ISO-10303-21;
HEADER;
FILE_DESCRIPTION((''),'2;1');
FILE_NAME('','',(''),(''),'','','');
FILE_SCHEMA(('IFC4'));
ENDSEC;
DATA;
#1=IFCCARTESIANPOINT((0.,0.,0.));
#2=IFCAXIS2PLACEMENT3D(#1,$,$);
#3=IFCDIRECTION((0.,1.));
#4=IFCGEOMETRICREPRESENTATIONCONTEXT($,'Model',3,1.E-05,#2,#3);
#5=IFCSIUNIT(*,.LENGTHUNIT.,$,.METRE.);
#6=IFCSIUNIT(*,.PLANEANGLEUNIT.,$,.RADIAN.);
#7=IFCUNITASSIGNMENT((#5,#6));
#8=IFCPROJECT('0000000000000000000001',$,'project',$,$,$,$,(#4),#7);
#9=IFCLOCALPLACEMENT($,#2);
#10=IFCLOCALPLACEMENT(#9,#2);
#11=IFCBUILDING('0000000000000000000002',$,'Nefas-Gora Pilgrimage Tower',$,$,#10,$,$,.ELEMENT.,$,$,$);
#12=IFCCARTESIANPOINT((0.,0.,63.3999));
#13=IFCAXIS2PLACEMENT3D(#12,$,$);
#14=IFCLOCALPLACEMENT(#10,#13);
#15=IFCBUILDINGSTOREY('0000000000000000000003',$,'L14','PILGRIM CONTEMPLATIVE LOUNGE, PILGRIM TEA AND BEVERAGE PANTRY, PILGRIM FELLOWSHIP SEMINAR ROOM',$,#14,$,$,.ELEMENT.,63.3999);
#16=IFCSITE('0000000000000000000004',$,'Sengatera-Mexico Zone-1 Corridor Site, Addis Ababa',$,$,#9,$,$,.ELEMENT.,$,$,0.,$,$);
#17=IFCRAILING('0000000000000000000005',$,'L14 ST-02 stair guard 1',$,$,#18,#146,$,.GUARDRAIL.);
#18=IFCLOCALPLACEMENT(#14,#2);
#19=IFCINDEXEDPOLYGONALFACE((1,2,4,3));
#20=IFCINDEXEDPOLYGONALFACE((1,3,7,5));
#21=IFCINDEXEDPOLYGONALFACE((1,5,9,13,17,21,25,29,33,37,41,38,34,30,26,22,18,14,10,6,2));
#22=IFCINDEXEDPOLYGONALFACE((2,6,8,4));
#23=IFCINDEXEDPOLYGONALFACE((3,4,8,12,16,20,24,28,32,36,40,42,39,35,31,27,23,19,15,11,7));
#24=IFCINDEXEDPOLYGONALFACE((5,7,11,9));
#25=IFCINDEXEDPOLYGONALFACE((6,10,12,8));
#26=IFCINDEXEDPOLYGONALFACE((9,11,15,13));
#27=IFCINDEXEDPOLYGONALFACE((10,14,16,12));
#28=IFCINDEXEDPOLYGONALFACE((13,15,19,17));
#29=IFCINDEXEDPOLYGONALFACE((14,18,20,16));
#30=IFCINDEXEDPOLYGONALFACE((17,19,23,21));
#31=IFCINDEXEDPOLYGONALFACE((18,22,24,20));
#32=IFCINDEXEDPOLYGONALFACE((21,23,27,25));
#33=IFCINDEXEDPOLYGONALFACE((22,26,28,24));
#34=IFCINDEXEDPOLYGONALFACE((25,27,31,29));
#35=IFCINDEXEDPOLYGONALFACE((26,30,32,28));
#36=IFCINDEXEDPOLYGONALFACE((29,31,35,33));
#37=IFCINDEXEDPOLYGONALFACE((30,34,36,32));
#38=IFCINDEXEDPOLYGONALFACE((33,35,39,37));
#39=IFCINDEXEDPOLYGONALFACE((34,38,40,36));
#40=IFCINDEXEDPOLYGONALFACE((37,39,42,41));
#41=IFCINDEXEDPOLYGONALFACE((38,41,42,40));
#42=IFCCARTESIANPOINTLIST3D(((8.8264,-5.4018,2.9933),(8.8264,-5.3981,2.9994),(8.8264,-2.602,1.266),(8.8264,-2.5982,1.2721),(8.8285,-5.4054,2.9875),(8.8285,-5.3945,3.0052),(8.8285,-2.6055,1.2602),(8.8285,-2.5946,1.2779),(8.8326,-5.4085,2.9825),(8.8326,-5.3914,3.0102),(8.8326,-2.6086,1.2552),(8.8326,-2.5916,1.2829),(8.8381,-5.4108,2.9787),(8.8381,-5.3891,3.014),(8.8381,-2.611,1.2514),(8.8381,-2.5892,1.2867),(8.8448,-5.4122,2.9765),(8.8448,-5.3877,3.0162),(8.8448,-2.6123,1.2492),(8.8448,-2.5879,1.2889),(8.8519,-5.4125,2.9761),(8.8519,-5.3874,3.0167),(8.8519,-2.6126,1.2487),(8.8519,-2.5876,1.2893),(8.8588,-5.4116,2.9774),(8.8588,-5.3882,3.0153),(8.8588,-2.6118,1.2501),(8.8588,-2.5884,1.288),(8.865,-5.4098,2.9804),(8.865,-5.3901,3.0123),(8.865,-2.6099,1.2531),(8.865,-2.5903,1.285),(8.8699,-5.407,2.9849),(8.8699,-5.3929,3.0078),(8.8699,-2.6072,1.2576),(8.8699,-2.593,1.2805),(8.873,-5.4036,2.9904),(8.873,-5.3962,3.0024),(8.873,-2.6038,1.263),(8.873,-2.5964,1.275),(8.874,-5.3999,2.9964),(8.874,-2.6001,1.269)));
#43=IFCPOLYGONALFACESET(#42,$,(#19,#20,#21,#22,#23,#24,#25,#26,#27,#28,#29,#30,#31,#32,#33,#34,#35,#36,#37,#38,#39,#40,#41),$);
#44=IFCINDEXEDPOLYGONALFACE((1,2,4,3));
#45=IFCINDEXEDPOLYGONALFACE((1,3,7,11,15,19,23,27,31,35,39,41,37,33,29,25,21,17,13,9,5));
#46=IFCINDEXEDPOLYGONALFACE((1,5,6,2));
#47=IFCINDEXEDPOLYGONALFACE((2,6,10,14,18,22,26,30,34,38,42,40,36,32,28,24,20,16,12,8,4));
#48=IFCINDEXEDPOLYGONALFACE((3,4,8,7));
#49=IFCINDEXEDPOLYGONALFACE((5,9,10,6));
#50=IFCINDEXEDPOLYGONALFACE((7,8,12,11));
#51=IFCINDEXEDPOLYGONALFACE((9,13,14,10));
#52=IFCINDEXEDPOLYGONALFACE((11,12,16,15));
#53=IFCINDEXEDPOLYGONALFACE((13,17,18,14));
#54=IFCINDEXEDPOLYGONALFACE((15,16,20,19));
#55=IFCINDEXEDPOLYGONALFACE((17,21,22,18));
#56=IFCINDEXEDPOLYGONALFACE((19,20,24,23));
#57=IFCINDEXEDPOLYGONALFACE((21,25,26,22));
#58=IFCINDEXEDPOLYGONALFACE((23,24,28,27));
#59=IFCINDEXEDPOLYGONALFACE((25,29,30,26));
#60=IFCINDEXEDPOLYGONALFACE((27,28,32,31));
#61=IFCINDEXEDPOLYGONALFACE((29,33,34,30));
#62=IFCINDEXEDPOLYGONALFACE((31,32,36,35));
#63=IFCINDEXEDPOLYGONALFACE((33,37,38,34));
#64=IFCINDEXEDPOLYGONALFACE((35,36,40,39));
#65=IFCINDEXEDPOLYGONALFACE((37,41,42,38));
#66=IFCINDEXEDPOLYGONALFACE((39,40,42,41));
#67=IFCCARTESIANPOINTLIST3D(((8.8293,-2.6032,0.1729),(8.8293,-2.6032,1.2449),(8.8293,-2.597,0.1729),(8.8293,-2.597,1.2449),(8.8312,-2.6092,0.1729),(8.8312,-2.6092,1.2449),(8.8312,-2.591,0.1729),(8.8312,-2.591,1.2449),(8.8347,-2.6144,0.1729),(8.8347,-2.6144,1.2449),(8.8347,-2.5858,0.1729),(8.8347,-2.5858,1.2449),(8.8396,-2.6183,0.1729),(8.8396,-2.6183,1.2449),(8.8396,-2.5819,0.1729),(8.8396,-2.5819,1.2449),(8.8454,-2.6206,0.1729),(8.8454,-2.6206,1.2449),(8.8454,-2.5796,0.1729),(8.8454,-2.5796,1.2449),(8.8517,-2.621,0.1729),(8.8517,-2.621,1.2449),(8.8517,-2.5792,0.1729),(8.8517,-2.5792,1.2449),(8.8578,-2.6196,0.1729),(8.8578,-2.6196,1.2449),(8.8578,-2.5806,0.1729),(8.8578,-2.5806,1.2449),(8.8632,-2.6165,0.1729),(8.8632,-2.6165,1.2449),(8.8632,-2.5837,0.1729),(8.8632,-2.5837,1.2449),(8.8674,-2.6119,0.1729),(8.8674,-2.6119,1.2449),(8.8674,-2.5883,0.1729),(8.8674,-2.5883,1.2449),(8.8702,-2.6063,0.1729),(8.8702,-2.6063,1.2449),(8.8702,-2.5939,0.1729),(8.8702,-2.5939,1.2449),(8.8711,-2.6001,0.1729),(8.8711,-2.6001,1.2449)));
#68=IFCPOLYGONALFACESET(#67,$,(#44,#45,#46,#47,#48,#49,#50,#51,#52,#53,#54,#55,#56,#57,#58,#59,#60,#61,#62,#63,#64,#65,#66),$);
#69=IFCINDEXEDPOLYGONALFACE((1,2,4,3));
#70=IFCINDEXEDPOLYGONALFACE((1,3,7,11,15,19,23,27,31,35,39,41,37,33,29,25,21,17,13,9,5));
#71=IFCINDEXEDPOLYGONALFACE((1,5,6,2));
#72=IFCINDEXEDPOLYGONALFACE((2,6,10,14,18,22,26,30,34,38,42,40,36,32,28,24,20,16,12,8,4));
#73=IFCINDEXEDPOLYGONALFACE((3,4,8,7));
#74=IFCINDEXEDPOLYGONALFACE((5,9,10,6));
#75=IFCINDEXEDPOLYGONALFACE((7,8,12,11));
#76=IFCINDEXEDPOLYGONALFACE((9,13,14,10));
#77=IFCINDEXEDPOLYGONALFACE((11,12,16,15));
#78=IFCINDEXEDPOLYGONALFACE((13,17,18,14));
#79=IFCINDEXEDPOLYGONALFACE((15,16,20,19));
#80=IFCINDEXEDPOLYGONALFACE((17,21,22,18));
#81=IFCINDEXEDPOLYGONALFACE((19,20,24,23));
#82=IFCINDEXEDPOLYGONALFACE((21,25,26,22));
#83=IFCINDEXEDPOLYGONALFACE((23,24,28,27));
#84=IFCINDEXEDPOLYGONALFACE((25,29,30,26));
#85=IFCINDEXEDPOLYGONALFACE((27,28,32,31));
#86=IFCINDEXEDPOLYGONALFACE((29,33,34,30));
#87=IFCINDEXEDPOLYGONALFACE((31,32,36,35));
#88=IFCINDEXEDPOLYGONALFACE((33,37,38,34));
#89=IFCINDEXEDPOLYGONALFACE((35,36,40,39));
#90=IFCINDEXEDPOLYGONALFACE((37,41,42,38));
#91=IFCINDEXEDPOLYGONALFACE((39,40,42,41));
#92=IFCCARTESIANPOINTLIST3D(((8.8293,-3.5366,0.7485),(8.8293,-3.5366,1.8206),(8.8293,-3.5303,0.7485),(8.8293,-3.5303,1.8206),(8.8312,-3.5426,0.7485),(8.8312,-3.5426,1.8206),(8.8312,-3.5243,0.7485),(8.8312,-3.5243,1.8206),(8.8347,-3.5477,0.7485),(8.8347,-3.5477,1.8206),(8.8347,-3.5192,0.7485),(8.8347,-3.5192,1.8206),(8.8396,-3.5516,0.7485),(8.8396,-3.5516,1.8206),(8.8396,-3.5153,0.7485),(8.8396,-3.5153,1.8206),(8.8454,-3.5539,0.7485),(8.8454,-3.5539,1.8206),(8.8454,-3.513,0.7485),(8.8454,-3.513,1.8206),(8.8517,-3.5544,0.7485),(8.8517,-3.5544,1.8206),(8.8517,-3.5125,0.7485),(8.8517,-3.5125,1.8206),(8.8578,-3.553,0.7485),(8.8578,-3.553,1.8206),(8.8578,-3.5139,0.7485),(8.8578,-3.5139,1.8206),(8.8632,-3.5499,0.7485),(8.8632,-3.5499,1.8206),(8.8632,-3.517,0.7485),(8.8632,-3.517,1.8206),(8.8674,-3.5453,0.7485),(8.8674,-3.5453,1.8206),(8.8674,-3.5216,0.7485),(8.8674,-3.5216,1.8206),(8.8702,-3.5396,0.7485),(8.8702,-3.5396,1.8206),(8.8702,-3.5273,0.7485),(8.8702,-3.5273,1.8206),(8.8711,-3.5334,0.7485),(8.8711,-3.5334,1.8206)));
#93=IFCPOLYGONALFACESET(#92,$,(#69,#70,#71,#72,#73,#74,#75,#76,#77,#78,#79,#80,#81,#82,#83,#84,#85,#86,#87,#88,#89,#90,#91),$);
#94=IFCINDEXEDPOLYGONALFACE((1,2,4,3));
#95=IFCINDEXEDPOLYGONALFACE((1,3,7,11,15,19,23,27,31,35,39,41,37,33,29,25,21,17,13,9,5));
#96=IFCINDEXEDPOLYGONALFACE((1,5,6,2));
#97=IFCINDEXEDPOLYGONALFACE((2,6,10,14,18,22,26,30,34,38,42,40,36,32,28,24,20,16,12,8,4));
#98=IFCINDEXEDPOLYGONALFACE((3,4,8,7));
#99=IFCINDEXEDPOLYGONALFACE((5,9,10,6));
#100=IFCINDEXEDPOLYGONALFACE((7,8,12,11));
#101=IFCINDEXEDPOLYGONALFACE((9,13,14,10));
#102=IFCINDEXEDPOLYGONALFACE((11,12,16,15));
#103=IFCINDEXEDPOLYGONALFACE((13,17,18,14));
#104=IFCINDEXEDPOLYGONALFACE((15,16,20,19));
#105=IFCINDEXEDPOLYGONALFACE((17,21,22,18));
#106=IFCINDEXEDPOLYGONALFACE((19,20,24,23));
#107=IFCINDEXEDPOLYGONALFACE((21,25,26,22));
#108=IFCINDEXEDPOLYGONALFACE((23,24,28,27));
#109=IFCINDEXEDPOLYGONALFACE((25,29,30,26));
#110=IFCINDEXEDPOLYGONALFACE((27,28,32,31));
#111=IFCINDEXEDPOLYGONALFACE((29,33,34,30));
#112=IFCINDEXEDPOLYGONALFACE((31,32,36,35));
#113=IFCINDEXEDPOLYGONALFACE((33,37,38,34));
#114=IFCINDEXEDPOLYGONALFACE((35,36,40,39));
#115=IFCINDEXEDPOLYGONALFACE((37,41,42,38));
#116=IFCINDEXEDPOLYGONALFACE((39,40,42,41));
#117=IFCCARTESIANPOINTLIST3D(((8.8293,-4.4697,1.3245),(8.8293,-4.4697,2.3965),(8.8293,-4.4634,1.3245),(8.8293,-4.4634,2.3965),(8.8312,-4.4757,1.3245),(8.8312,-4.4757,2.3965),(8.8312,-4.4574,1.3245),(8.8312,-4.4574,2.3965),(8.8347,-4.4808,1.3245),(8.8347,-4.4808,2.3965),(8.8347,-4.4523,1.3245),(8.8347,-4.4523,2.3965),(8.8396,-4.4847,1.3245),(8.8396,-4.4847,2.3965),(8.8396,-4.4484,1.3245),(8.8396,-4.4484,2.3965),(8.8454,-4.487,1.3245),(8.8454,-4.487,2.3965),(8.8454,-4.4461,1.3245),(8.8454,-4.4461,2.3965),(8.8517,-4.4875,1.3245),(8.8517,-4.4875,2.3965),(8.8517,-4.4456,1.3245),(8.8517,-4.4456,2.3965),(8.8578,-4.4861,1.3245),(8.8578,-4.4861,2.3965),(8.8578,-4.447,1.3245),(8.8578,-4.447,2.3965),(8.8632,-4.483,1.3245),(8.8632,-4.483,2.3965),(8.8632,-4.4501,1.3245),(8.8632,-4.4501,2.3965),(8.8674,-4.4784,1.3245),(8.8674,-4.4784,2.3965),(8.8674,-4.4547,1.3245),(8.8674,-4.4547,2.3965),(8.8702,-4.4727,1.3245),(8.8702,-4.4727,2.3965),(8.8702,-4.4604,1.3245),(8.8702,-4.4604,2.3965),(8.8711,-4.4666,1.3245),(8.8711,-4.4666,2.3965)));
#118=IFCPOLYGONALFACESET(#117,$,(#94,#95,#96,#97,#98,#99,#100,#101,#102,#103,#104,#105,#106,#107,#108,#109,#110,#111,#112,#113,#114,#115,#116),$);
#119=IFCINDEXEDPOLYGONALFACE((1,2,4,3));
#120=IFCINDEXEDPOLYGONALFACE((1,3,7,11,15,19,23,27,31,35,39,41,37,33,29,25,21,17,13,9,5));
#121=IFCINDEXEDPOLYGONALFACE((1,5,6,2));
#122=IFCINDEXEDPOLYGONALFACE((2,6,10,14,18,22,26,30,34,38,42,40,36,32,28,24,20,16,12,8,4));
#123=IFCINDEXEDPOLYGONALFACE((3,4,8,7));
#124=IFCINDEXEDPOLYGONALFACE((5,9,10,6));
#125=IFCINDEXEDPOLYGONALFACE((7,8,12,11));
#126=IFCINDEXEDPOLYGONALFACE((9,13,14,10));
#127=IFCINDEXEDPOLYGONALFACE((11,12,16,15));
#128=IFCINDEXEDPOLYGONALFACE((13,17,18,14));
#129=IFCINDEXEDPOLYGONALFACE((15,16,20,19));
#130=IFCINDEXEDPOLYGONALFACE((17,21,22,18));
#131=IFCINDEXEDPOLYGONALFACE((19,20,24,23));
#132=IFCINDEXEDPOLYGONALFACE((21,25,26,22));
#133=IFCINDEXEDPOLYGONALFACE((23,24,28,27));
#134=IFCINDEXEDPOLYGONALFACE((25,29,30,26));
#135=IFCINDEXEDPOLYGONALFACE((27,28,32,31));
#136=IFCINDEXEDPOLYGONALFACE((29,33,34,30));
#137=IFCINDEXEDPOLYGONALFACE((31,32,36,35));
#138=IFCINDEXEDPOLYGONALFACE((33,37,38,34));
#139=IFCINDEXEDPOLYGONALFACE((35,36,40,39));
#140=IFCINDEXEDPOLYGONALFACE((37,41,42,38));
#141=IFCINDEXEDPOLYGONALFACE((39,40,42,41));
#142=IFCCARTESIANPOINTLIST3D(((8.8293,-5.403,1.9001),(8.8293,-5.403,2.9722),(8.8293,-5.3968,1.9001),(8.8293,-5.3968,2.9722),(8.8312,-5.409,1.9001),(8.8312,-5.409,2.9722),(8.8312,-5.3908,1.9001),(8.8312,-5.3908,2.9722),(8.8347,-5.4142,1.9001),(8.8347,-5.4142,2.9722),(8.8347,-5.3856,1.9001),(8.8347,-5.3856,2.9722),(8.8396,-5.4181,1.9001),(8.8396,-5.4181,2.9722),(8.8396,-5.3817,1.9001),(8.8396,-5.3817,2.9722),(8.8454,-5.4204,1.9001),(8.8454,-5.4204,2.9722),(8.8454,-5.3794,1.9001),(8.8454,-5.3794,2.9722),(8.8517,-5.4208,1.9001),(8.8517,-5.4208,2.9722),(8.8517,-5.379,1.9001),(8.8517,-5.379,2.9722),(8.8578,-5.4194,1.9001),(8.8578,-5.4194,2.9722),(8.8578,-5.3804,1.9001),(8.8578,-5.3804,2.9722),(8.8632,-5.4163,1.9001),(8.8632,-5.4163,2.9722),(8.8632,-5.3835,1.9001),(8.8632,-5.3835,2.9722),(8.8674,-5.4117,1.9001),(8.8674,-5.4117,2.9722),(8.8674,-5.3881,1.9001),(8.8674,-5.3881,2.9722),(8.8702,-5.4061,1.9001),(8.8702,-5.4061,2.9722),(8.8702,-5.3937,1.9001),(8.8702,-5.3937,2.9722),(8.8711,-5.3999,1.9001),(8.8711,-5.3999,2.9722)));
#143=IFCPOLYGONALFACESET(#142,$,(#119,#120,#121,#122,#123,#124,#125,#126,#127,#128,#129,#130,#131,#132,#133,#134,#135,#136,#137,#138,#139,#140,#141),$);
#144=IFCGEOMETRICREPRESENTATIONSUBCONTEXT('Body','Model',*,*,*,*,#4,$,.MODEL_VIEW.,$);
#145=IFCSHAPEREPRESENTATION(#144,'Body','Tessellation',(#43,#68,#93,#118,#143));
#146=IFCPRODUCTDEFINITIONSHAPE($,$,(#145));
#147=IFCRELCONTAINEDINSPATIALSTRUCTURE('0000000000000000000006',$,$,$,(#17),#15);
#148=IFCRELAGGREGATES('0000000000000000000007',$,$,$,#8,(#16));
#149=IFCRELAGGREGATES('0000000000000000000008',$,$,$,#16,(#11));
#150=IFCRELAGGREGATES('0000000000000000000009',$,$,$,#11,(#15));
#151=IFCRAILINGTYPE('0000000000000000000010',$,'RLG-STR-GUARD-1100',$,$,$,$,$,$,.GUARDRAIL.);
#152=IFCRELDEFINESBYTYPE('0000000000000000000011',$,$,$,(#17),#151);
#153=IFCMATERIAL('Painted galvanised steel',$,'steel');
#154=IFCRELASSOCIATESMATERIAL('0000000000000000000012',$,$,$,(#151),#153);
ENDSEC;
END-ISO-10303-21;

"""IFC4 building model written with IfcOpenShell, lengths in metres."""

from ifc_helpers import new_model, si_unit, direction, frame, origin, origin_2d, place, context, subcontext, project, spatial, circle, extrude, material, type_object, element, save


model = new_model("IFC4")

# Units and contexts
model_context = context("Model", 3, precision=1e-05, world=origin(), true_north=direction((0.0, 1.0)))
body_context = subcontext(model_context, "Body", "Model", "MODEL_VIEW")
ifc_project = project(units=[si_unit("LENGTHUNIT", "METRE"), si_unit("PLANEANGLEUNIT", "RADIAN")], contexts=[model_context])

# Site, building, storey
site_placement = place(None, origin())
site = spatial("IfcSite", under=ifc_project, at=site_placement, Name="Sengatera-Mexico Zone-1 Corridor Site, Addis Ababa", CompositionType="ELEMENT", RefElevation=0.0)
building_placement = place(site_placement, origin())
building = spatial("IfcBuilding", under=site, at=building_placement, Name="Nefas-Gora Pilgrimage Tower", CompositionType="ELEMENT")
storey_placement = place(building_placement, frame((0.0, 0.0, 63.3999)))
storey = spatial("IfcBuildingStorey", under=building, at=storey_placement, Name="L14", Description="PILGRIM CONTEMPLATIVE LOUNGE, PILGRIM TEA AND BEVERAGE PANTRY, PILGRIM FELLOWSHIP SEMINAR ROOM", CompositionType="ELEMENT", Elevation=63.3999)

# Railing
ifc_material_1 = material(Name="Painted galvanised steel", Category="steel")
railing_type_1 = type_object("IfcRailingType", Name="RLG-STR-GUARD-1100", PredefinedType="GUARDRAIL", material=ifc_material_1)
railing_1_placement = place(storey_placement, frame((8.8501, -2.6001, 0.1729)))
element("IfcRailing", 1, at=railing_1_placement, inside=storey, type_object=railing_type_1, Name="L14 ST-02 stair guard 1", PredefinedType="GUARDRAIL", context=body_context, shape_type="SweptSolid", body=[
    extrude(circle(Radius=0.0239, at=origin_2d()), frame((0.0, 0.0, 1.0962), z_axis=(0.0, -0.851069, 0.525054), x_axis=(1.0, 0.0, 0.0)), (0.0, 0.0, 1.0), 3.2898),
    extrude(circle(Radius=0.021, at=origin_2d()), origin(), (0.0, 0.0, 1.0), 1.072),
    extrude(circle(Radius=0.021, at=origin_2d()), frame((0.0, -0.9333, 0.5757)), (0.0, 0.0, 1.0), 1.072),
    extrude(circle(Radius=0.021, at=origin_2d()), frame((0.0, -1.8665, 1.1516)), (0.0, 0.0, 1.0), 1.072),
    extrude(circle(Radius=0.021, at=origin_2d()), frame((0.0, -2.7998, 1.7273)), (0.0, 0.0, 1.0), 1.072),
])

save(model, "model.ifc")
